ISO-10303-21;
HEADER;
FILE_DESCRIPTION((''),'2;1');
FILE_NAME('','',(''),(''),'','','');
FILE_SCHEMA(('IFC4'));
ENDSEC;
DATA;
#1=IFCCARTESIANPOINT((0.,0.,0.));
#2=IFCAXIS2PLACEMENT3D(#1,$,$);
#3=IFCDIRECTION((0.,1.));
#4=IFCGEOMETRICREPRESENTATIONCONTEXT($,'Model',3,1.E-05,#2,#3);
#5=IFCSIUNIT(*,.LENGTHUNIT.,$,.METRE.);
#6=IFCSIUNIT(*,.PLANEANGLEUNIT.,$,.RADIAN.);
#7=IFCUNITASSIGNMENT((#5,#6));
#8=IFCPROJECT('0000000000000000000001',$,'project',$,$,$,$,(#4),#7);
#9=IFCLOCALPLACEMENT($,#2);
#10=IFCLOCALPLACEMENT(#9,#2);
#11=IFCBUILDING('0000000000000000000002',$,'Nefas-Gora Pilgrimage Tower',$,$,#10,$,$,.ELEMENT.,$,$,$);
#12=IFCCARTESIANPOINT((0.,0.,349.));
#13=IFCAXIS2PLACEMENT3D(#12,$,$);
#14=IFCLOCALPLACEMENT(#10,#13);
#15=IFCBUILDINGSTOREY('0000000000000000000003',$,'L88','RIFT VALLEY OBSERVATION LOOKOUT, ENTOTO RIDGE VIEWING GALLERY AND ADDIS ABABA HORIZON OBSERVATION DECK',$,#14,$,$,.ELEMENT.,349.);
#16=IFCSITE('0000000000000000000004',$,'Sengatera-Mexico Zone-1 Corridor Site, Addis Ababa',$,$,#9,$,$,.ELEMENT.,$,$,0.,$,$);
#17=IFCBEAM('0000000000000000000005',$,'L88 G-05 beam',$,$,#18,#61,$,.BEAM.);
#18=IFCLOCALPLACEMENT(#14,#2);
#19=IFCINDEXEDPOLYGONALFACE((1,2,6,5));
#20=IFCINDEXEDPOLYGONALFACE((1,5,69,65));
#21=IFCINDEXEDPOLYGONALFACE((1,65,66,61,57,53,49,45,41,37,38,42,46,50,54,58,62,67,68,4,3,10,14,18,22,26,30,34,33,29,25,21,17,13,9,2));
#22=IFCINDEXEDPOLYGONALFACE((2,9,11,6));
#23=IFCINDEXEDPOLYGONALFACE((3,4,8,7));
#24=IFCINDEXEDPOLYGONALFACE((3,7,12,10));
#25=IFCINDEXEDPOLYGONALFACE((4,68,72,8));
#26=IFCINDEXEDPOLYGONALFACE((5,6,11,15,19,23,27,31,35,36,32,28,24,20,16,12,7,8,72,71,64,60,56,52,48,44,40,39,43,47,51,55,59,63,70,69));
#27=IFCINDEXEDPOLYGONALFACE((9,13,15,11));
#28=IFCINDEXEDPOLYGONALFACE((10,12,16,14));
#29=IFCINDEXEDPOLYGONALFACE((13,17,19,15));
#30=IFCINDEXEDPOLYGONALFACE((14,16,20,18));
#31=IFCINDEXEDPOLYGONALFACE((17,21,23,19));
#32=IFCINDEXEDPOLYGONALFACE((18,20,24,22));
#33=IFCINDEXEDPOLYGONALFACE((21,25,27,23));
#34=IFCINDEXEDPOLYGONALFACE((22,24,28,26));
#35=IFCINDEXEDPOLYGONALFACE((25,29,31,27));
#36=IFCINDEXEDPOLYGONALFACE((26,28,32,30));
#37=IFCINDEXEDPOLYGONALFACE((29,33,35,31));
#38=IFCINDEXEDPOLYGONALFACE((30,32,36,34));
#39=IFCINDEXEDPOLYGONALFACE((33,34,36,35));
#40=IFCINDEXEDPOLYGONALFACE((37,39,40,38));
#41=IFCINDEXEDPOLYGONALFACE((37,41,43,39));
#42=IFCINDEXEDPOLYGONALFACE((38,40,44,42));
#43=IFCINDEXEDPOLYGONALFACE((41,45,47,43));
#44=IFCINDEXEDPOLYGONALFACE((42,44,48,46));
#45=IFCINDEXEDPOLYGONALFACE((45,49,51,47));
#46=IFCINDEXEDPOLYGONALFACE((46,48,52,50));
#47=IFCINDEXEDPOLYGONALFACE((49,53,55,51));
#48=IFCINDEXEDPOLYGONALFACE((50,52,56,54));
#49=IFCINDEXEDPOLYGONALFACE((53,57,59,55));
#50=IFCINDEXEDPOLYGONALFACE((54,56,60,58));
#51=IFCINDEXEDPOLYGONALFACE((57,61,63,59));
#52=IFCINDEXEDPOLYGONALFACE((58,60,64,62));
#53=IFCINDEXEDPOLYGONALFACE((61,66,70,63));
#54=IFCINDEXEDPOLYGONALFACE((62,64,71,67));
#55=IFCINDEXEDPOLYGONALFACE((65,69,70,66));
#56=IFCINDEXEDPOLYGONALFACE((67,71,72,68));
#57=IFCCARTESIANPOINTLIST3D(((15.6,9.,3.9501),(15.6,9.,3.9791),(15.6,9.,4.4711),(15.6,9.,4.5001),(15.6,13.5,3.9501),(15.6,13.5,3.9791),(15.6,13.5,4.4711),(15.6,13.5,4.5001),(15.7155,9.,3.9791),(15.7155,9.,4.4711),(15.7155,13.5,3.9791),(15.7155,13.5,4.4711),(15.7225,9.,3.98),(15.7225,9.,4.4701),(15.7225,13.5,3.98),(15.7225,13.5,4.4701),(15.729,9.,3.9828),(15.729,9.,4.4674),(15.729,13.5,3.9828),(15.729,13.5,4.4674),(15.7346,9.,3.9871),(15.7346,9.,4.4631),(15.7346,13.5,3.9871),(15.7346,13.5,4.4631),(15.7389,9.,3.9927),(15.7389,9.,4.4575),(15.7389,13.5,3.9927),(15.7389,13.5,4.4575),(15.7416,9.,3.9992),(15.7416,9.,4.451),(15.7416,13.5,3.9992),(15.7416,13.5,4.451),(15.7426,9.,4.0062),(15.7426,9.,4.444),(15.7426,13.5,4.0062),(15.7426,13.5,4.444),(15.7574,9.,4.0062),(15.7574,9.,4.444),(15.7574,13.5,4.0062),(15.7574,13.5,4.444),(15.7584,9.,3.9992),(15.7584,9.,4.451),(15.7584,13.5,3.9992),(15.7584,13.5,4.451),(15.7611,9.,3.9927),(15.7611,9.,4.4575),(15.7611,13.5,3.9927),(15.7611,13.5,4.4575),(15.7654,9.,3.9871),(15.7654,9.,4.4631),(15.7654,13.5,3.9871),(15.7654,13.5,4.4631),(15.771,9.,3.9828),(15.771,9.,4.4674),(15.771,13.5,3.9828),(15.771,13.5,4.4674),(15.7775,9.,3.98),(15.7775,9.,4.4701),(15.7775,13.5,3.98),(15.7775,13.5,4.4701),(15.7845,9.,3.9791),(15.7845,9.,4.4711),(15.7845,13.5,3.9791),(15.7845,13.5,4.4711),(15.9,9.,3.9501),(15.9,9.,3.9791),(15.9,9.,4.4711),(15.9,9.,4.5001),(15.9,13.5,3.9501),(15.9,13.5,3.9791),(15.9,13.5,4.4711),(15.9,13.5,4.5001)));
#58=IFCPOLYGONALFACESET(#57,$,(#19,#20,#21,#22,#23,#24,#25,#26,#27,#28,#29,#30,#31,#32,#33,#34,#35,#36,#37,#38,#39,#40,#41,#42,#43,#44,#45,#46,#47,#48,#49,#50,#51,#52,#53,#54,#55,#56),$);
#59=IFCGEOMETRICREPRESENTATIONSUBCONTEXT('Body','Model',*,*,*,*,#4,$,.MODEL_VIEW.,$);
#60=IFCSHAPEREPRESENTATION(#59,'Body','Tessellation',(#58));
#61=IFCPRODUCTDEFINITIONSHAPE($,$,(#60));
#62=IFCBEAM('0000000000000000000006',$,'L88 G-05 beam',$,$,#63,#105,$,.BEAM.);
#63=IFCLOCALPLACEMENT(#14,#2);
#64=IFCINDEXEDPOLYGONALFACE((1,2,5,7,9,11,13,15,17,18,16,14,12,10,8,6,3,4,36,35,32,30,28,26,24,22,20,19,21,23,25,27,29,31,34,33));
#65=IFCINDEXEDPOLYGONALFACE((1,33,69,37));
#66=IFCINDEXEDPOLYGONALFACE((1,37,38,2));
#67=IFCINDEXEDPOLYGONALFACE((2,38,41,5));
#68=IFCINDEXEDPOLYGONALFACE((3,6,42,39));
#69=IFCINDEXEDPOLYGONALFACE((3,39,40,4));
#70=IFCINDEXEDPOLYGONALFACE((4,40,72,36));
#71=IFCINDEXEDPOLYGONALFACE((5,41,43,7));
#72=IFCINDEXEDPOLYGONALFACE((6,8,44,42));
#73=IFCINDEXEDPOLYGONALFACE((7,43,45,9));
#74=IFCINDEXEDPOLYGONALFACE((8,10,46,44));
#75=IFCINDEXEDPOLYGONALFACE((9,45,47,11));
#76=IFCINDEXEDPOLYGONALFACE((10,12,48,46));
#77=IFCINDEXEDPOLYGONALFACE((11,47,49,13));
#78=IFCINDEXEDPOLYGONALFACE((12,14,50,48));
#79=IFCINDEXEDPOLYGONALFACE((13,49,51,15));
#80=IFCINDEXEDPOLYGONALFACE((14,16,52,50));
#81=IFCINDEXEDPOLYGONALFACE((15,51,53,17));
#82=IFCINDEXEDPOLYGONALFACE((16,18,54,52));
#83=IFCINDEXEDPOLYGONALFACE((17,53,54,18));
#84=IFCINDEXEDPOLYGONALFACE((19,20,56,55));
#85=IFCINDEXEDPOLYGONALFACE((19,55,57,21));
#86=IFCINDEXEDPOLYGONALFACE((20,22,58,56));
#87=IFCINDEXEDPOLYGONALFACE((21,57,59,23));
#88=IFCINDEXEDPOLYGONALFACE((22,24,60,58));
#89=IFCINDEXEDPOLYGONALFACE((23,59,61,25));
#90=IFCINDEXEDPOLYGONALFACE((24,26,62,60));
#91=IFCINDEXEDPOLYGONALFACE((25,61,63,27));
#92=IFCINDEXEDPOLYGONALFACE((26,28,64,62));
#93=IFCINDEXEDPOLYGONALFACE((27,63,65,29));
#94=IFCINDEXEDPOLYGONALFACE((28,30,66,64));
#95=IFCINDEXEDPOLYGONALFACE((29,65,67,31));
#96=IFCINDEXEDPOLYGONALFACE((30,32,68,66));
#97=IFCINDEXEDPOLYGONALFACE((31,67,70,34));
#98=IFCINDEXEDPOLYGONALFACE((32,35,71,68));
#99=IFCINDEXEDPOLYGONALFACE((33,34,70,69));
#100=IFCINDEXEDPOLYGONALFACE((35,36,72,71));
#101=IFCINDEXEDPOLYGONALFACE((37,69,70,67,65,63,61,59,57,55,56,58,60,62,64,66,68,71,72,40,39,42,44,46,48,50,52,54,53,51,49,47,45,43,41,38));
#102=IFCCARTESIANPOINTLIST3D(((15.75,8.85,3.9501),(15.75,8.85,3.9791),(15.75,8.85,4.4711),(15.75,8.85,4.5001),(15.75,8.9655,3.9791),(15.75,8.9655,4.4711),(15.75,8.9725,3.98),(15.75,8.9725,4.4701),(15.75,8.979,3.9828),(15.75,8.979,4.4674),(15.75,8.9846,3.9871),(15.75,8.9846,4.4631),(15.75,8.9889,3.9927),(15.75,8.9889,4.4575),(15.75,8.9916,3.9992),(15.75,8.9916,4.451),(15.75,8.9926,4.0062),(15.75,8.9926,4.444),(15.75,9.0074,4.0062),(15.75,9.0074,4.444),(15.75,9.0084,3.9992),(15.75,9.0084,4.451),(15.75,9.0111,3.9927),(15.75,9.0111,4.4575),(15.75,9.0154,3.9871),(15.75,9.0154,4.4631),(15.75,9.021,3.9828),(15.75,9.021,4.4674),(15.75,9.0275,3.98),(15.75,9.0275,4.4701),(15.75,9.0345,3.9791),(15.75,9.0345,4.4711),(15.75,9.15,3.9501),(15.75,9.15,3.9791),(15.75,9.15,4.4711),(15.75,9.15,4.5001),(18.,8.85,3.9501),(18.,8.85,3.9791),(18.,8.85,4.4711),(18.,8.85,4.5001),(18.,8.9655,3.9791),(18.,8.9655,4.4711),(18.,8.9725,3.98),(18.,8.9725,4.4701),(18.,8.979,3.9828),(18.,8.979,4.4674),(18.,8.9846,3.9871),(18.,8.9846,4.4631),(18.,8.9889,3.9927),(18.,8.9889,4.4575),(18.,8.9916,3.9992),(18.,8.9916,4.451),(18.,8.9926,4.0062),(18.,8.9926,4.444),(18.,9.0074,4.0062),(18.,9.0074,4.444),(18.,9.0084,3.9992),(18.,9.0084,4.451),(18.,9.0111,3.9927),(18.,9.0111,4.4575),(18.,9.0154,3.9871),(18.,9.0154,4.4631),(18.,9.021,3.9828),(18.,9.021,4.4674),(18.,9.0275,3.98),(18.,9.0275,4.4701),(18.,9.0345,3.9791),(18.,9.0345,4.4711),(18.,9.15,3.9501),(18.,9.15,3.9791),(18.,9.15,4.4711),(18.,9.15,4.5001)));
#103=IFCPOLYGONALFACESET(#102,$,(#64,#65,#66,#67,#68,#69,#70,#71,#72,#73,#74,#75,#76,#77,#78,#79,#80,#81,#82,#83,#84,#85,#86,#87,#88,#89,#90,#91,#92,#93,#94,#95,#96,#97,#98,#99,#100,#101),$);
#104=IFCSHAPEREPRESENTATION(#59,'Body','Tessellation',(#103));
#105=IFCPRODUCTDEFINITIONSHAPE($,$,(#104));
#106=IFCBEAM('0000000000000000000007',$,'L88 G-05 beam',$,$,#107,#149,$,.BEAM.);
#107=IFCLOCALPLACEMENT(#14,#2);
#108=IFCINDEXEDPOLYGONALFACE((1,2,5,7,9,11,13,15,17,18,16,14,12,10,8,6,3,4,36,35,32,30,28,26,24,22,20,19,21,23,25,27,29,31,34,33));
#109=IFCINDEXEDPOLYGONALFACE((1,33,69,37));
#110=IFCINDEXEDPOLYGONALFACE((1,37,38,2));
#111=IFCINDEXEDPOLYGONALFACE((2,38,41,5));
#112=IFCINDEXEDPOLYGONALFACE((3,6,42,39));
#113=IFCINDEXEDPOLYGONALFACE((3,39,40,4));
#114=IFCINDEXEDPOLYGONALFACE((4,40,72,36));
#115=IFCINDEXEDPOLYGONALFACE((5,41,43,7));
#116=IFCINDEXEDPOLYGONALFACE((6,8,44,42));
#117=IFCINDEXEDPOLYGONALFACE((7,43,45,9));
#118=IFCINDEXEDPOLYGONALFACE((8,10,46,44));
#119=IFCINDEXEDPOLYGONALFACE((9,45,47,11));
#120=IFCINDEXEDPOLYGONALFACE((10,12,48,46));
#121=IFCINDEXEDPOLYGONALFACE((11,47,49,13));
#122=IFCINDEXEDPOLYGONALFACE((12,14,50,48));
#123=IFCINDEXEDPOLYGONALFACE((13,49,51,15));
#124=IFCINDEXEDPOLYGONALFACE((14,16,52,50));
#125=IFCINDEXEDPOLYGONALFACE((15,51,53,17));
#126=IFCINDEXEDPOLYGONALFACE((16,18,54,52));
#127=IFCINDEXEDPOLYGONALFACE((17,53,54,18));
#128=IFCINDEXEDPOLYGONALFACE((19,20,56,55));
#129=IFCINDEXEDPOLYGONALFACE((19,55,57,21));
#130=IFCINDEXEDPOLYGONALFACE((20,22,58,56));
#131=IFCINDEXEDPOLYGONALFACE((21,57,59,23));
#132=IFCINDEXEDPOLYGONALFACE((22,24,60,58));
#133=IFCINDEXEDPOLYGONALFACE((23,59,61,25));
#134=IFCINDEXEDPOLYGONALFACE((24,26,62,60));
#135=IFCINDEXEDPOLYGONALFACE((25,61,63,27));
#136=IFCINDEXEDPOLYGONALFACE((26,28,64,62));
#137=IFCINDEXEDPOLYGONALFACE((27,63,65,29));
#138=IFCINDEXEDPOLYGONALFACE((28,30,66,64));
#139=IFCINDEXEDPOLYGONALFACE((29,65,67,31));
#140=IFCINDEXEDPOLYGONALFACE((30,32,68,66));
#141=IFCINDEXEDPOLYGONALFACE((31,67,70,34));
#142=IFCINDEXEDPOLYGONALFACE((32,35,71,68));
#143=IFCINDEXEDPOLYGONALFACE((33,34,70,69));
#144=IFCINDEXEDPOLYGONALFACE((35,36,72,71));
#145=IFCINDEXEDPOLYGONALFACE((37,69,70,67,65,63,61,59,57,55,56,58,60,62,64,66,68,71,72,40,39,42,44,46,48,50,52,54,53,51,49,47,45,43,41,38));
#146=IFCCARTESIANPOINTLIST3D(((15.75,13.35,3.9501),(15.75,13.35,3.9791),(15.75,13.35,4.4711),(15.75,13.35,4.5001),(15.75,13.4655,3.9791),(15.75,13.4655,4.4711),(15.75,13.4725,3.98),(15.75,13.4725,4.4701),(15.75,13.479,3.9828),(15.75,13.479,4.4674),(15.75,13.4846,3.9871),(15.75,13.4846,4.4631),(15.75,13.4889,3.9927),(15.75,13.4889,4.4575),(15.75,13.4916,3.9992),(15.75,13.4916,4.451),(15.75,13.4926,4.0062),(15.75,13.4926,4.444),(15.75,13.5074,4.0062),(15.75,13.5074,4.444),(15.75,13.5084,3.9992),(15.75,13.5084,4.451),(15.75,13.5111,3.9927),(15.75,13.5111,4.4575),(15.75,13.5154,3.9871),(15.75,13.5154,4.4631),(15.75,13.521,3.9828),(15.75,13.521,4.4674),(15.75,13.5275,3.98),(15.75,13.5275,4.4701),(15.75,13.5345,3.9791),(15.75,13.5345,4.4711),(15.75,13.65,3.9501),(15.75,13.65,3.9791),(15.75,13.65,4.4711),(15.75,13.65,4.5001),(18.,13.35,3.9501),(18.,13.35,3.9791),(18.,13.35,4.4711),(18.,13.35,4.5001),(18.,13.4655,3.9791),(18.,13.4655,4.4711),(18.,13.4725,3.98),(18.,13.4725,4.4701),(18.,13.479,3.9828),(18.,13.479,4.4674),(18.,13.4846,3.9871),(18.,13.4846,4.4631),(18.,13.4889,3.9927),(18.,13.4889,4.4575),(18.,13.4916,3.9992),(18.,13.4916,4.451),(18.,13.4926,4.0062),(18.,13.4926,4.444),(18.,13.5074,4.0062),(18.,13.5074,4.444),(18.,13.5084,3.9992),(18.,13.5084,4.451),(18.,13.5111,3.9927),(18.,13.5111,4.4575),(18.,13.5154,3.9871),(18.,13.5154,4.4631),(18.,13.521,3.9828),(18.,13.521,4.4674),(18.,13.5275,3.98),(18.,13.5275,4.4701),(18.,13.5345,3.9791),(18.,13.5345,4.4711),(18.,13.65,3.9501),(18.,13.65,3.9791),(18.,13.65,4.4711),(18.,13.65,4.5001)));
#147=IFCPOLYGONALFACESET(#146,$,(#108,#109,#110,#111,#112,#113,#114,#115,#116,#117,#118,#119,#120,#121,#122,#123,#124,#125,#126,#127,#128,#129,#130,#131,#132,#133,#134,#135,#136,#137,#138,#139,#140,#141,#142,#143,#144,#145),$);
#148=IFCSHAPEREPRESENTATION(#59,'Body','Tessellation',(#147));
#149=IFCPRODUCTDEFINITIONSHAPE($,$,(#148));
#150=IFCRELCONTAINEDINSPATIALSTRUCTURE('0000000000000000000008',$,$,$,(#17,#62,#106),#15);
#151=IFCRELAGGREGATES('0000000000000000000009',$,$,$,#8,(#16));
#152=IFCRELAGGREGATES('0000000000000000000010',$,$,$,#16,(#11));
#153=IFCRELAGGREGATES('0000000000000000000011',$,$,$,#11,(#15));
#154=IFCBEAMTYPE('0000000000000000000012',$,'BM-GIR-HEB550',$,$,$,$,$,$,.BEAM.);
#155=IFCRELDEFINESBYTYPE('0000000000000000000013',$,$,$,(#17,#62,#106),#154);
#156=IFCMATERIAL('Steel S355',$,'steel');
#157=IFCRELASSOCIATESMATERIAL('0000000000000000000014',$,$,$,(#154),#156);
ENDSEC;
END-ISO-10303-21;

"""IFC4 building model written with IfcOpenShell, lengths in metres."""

from ifc_helpers import new_model, si_unit, direction, frame, origin, origin_2d, place, context, subcontext, project, spatial, i_section, extrude, source, transform, mapped, material, material_profile, profile_set, type_object, element, save


model = new_model("IFC4")

# Units and contexts
model_context = context("Model", 3, precision=1e-05, world=origin(), true_north=direction((0.0, 1.0)))
body_context = subcontext(model_context, "Body", "Model", "MODEL_VIEW")
ifc_project = project(units=[si_unit("LENGTHUNIT", "METRE"), si_unit("PLANEANGLEUNIT", "RADIAN")], contexts=[model_context])

# Site, building, storey
site_placement = place(None, origin())
site = spatial("IfcSite", under=ifc_project, at=site_placement, Name="Sengatera-Mexico Zone-1 Corridor Site, Addis Ababa", CompositionType="ELEMENT", RefElevation=0.0)
building_placement = place(site_placement, origin())
building = spatial("IfcBuilding", under=site, at=building_placement, Name="Nefas-Gora Pilgrimage Tower", CompositionType="ELEMENT")
storey_placement = place(building_placement, frame((0.0, 0.0, 349.0)))
storey = spatial("IfcBuildingStorey", under=building, at=storey_placement, Name="L88", Description="RIFT VALLEY OBSERVATION LOOKOUT, ENTOTO RIDGE VIEWING GALLERY AND ADDIS ABABA HORIZON OBSERVATION DECK", CompositionType="ELEMENT", Elevation=349.0)

# Shared definitions
ifc_material_1 = material(Name="Steel S355", Category="steel")

# Beams
ifc_material_profile_1 = material_profile(ifc_material_1, i_section(OverallWidth=0.3, OverallDepth=0.55, WebThickness=0.0149, FlangeThickness=0.0291, FilletRadius=0.0271, at=origin_2d()), Name="HEB 550")
ifc_profile_set_1 = profile_set([ifc_material_profile_1], Name="Steel S355")
beam_type_1 = type_object("IfcBeamType", Name="BM-GIR-HEB550", PredefinedType="BEAM", material=ifc_profile_set_1)
shared_shape_1 = source(origin(), body_context, "Body", "SweptSolid", [
    extrude(i_section(OverallWidth=0.3, OverallDepth=0.55, WebThickness=0.0149, FlangeThickness=0.0291, FilletRadius=0.0271, at=origin_2d()), origin(), (0.0, 0.0, 1.0), 4.5),
])
beam_placement = place(storey_placement, frame((15.75, 9.0, 4.2251), z_axis=(0.0, 1.0, 0.0), x_axis=(-1.0, 0.0, 0.0)))
element("IfcBeam", 1, at=beam_placement, inside=storey, type_object=beam_type_1, Name="L88 G-05 beam", PredefinedType="BEAM", context=body_context, shape_type="MappedRepresentation", body=[
    mapped(shared_shape_1, transform((0.0, 0.0, 0.0), x_axis=(1.0, 0.0, 0.0), y_axis=(0.0, 1.0, 0.0), z_axis=(0.0, 0.0, 1.0), scale=1.0)),
])
shared_shape_2 = source(origin(), body_context, "Body", "SweptSolid", [
    extrude(i_section(OverallWidth=0.3, OverallDepth=0.55, WebThickness=0.0149, FlangeThickness=0.0291, FilletRadius=0.0271, at=origin_2d()), origin(), (0.0, 0.0, 1.0), 2.25),
])
for number, where, z_axis, x_axis, name in (
    (2, (15.75, 9.0, 4.2251), (1.0, 0.0, 0.0), (0.0, 1.0, 0.0), "L88 G-05 beam"),
    (3, (15.75, 13.5, 4.2251), (1.0, 0.0, 0.0), (0.0, 1.0, 0.0), "L88 G-05 beam"),
):
    element("IfcBeam", number, at=place(storey_placement, frame(where, z_axis=z_axis, x_axis=x_axis)), inside=storey, type_object=beam_type_1, Name=name, PredefinedType="BEAM", context=body_context, shape_type="MappedRepresentation", body=[
        mapped(shared_shape_2, transform((0.0, 0.0, 0.0), x_axis=(1.0, 0.0, 0.0), y_axis=(0.0, 1.0, 0.0), z_axis=(0.0, 0.0, 1.0), scale=1.0)),
    ])

save(model, "model.ifc")
